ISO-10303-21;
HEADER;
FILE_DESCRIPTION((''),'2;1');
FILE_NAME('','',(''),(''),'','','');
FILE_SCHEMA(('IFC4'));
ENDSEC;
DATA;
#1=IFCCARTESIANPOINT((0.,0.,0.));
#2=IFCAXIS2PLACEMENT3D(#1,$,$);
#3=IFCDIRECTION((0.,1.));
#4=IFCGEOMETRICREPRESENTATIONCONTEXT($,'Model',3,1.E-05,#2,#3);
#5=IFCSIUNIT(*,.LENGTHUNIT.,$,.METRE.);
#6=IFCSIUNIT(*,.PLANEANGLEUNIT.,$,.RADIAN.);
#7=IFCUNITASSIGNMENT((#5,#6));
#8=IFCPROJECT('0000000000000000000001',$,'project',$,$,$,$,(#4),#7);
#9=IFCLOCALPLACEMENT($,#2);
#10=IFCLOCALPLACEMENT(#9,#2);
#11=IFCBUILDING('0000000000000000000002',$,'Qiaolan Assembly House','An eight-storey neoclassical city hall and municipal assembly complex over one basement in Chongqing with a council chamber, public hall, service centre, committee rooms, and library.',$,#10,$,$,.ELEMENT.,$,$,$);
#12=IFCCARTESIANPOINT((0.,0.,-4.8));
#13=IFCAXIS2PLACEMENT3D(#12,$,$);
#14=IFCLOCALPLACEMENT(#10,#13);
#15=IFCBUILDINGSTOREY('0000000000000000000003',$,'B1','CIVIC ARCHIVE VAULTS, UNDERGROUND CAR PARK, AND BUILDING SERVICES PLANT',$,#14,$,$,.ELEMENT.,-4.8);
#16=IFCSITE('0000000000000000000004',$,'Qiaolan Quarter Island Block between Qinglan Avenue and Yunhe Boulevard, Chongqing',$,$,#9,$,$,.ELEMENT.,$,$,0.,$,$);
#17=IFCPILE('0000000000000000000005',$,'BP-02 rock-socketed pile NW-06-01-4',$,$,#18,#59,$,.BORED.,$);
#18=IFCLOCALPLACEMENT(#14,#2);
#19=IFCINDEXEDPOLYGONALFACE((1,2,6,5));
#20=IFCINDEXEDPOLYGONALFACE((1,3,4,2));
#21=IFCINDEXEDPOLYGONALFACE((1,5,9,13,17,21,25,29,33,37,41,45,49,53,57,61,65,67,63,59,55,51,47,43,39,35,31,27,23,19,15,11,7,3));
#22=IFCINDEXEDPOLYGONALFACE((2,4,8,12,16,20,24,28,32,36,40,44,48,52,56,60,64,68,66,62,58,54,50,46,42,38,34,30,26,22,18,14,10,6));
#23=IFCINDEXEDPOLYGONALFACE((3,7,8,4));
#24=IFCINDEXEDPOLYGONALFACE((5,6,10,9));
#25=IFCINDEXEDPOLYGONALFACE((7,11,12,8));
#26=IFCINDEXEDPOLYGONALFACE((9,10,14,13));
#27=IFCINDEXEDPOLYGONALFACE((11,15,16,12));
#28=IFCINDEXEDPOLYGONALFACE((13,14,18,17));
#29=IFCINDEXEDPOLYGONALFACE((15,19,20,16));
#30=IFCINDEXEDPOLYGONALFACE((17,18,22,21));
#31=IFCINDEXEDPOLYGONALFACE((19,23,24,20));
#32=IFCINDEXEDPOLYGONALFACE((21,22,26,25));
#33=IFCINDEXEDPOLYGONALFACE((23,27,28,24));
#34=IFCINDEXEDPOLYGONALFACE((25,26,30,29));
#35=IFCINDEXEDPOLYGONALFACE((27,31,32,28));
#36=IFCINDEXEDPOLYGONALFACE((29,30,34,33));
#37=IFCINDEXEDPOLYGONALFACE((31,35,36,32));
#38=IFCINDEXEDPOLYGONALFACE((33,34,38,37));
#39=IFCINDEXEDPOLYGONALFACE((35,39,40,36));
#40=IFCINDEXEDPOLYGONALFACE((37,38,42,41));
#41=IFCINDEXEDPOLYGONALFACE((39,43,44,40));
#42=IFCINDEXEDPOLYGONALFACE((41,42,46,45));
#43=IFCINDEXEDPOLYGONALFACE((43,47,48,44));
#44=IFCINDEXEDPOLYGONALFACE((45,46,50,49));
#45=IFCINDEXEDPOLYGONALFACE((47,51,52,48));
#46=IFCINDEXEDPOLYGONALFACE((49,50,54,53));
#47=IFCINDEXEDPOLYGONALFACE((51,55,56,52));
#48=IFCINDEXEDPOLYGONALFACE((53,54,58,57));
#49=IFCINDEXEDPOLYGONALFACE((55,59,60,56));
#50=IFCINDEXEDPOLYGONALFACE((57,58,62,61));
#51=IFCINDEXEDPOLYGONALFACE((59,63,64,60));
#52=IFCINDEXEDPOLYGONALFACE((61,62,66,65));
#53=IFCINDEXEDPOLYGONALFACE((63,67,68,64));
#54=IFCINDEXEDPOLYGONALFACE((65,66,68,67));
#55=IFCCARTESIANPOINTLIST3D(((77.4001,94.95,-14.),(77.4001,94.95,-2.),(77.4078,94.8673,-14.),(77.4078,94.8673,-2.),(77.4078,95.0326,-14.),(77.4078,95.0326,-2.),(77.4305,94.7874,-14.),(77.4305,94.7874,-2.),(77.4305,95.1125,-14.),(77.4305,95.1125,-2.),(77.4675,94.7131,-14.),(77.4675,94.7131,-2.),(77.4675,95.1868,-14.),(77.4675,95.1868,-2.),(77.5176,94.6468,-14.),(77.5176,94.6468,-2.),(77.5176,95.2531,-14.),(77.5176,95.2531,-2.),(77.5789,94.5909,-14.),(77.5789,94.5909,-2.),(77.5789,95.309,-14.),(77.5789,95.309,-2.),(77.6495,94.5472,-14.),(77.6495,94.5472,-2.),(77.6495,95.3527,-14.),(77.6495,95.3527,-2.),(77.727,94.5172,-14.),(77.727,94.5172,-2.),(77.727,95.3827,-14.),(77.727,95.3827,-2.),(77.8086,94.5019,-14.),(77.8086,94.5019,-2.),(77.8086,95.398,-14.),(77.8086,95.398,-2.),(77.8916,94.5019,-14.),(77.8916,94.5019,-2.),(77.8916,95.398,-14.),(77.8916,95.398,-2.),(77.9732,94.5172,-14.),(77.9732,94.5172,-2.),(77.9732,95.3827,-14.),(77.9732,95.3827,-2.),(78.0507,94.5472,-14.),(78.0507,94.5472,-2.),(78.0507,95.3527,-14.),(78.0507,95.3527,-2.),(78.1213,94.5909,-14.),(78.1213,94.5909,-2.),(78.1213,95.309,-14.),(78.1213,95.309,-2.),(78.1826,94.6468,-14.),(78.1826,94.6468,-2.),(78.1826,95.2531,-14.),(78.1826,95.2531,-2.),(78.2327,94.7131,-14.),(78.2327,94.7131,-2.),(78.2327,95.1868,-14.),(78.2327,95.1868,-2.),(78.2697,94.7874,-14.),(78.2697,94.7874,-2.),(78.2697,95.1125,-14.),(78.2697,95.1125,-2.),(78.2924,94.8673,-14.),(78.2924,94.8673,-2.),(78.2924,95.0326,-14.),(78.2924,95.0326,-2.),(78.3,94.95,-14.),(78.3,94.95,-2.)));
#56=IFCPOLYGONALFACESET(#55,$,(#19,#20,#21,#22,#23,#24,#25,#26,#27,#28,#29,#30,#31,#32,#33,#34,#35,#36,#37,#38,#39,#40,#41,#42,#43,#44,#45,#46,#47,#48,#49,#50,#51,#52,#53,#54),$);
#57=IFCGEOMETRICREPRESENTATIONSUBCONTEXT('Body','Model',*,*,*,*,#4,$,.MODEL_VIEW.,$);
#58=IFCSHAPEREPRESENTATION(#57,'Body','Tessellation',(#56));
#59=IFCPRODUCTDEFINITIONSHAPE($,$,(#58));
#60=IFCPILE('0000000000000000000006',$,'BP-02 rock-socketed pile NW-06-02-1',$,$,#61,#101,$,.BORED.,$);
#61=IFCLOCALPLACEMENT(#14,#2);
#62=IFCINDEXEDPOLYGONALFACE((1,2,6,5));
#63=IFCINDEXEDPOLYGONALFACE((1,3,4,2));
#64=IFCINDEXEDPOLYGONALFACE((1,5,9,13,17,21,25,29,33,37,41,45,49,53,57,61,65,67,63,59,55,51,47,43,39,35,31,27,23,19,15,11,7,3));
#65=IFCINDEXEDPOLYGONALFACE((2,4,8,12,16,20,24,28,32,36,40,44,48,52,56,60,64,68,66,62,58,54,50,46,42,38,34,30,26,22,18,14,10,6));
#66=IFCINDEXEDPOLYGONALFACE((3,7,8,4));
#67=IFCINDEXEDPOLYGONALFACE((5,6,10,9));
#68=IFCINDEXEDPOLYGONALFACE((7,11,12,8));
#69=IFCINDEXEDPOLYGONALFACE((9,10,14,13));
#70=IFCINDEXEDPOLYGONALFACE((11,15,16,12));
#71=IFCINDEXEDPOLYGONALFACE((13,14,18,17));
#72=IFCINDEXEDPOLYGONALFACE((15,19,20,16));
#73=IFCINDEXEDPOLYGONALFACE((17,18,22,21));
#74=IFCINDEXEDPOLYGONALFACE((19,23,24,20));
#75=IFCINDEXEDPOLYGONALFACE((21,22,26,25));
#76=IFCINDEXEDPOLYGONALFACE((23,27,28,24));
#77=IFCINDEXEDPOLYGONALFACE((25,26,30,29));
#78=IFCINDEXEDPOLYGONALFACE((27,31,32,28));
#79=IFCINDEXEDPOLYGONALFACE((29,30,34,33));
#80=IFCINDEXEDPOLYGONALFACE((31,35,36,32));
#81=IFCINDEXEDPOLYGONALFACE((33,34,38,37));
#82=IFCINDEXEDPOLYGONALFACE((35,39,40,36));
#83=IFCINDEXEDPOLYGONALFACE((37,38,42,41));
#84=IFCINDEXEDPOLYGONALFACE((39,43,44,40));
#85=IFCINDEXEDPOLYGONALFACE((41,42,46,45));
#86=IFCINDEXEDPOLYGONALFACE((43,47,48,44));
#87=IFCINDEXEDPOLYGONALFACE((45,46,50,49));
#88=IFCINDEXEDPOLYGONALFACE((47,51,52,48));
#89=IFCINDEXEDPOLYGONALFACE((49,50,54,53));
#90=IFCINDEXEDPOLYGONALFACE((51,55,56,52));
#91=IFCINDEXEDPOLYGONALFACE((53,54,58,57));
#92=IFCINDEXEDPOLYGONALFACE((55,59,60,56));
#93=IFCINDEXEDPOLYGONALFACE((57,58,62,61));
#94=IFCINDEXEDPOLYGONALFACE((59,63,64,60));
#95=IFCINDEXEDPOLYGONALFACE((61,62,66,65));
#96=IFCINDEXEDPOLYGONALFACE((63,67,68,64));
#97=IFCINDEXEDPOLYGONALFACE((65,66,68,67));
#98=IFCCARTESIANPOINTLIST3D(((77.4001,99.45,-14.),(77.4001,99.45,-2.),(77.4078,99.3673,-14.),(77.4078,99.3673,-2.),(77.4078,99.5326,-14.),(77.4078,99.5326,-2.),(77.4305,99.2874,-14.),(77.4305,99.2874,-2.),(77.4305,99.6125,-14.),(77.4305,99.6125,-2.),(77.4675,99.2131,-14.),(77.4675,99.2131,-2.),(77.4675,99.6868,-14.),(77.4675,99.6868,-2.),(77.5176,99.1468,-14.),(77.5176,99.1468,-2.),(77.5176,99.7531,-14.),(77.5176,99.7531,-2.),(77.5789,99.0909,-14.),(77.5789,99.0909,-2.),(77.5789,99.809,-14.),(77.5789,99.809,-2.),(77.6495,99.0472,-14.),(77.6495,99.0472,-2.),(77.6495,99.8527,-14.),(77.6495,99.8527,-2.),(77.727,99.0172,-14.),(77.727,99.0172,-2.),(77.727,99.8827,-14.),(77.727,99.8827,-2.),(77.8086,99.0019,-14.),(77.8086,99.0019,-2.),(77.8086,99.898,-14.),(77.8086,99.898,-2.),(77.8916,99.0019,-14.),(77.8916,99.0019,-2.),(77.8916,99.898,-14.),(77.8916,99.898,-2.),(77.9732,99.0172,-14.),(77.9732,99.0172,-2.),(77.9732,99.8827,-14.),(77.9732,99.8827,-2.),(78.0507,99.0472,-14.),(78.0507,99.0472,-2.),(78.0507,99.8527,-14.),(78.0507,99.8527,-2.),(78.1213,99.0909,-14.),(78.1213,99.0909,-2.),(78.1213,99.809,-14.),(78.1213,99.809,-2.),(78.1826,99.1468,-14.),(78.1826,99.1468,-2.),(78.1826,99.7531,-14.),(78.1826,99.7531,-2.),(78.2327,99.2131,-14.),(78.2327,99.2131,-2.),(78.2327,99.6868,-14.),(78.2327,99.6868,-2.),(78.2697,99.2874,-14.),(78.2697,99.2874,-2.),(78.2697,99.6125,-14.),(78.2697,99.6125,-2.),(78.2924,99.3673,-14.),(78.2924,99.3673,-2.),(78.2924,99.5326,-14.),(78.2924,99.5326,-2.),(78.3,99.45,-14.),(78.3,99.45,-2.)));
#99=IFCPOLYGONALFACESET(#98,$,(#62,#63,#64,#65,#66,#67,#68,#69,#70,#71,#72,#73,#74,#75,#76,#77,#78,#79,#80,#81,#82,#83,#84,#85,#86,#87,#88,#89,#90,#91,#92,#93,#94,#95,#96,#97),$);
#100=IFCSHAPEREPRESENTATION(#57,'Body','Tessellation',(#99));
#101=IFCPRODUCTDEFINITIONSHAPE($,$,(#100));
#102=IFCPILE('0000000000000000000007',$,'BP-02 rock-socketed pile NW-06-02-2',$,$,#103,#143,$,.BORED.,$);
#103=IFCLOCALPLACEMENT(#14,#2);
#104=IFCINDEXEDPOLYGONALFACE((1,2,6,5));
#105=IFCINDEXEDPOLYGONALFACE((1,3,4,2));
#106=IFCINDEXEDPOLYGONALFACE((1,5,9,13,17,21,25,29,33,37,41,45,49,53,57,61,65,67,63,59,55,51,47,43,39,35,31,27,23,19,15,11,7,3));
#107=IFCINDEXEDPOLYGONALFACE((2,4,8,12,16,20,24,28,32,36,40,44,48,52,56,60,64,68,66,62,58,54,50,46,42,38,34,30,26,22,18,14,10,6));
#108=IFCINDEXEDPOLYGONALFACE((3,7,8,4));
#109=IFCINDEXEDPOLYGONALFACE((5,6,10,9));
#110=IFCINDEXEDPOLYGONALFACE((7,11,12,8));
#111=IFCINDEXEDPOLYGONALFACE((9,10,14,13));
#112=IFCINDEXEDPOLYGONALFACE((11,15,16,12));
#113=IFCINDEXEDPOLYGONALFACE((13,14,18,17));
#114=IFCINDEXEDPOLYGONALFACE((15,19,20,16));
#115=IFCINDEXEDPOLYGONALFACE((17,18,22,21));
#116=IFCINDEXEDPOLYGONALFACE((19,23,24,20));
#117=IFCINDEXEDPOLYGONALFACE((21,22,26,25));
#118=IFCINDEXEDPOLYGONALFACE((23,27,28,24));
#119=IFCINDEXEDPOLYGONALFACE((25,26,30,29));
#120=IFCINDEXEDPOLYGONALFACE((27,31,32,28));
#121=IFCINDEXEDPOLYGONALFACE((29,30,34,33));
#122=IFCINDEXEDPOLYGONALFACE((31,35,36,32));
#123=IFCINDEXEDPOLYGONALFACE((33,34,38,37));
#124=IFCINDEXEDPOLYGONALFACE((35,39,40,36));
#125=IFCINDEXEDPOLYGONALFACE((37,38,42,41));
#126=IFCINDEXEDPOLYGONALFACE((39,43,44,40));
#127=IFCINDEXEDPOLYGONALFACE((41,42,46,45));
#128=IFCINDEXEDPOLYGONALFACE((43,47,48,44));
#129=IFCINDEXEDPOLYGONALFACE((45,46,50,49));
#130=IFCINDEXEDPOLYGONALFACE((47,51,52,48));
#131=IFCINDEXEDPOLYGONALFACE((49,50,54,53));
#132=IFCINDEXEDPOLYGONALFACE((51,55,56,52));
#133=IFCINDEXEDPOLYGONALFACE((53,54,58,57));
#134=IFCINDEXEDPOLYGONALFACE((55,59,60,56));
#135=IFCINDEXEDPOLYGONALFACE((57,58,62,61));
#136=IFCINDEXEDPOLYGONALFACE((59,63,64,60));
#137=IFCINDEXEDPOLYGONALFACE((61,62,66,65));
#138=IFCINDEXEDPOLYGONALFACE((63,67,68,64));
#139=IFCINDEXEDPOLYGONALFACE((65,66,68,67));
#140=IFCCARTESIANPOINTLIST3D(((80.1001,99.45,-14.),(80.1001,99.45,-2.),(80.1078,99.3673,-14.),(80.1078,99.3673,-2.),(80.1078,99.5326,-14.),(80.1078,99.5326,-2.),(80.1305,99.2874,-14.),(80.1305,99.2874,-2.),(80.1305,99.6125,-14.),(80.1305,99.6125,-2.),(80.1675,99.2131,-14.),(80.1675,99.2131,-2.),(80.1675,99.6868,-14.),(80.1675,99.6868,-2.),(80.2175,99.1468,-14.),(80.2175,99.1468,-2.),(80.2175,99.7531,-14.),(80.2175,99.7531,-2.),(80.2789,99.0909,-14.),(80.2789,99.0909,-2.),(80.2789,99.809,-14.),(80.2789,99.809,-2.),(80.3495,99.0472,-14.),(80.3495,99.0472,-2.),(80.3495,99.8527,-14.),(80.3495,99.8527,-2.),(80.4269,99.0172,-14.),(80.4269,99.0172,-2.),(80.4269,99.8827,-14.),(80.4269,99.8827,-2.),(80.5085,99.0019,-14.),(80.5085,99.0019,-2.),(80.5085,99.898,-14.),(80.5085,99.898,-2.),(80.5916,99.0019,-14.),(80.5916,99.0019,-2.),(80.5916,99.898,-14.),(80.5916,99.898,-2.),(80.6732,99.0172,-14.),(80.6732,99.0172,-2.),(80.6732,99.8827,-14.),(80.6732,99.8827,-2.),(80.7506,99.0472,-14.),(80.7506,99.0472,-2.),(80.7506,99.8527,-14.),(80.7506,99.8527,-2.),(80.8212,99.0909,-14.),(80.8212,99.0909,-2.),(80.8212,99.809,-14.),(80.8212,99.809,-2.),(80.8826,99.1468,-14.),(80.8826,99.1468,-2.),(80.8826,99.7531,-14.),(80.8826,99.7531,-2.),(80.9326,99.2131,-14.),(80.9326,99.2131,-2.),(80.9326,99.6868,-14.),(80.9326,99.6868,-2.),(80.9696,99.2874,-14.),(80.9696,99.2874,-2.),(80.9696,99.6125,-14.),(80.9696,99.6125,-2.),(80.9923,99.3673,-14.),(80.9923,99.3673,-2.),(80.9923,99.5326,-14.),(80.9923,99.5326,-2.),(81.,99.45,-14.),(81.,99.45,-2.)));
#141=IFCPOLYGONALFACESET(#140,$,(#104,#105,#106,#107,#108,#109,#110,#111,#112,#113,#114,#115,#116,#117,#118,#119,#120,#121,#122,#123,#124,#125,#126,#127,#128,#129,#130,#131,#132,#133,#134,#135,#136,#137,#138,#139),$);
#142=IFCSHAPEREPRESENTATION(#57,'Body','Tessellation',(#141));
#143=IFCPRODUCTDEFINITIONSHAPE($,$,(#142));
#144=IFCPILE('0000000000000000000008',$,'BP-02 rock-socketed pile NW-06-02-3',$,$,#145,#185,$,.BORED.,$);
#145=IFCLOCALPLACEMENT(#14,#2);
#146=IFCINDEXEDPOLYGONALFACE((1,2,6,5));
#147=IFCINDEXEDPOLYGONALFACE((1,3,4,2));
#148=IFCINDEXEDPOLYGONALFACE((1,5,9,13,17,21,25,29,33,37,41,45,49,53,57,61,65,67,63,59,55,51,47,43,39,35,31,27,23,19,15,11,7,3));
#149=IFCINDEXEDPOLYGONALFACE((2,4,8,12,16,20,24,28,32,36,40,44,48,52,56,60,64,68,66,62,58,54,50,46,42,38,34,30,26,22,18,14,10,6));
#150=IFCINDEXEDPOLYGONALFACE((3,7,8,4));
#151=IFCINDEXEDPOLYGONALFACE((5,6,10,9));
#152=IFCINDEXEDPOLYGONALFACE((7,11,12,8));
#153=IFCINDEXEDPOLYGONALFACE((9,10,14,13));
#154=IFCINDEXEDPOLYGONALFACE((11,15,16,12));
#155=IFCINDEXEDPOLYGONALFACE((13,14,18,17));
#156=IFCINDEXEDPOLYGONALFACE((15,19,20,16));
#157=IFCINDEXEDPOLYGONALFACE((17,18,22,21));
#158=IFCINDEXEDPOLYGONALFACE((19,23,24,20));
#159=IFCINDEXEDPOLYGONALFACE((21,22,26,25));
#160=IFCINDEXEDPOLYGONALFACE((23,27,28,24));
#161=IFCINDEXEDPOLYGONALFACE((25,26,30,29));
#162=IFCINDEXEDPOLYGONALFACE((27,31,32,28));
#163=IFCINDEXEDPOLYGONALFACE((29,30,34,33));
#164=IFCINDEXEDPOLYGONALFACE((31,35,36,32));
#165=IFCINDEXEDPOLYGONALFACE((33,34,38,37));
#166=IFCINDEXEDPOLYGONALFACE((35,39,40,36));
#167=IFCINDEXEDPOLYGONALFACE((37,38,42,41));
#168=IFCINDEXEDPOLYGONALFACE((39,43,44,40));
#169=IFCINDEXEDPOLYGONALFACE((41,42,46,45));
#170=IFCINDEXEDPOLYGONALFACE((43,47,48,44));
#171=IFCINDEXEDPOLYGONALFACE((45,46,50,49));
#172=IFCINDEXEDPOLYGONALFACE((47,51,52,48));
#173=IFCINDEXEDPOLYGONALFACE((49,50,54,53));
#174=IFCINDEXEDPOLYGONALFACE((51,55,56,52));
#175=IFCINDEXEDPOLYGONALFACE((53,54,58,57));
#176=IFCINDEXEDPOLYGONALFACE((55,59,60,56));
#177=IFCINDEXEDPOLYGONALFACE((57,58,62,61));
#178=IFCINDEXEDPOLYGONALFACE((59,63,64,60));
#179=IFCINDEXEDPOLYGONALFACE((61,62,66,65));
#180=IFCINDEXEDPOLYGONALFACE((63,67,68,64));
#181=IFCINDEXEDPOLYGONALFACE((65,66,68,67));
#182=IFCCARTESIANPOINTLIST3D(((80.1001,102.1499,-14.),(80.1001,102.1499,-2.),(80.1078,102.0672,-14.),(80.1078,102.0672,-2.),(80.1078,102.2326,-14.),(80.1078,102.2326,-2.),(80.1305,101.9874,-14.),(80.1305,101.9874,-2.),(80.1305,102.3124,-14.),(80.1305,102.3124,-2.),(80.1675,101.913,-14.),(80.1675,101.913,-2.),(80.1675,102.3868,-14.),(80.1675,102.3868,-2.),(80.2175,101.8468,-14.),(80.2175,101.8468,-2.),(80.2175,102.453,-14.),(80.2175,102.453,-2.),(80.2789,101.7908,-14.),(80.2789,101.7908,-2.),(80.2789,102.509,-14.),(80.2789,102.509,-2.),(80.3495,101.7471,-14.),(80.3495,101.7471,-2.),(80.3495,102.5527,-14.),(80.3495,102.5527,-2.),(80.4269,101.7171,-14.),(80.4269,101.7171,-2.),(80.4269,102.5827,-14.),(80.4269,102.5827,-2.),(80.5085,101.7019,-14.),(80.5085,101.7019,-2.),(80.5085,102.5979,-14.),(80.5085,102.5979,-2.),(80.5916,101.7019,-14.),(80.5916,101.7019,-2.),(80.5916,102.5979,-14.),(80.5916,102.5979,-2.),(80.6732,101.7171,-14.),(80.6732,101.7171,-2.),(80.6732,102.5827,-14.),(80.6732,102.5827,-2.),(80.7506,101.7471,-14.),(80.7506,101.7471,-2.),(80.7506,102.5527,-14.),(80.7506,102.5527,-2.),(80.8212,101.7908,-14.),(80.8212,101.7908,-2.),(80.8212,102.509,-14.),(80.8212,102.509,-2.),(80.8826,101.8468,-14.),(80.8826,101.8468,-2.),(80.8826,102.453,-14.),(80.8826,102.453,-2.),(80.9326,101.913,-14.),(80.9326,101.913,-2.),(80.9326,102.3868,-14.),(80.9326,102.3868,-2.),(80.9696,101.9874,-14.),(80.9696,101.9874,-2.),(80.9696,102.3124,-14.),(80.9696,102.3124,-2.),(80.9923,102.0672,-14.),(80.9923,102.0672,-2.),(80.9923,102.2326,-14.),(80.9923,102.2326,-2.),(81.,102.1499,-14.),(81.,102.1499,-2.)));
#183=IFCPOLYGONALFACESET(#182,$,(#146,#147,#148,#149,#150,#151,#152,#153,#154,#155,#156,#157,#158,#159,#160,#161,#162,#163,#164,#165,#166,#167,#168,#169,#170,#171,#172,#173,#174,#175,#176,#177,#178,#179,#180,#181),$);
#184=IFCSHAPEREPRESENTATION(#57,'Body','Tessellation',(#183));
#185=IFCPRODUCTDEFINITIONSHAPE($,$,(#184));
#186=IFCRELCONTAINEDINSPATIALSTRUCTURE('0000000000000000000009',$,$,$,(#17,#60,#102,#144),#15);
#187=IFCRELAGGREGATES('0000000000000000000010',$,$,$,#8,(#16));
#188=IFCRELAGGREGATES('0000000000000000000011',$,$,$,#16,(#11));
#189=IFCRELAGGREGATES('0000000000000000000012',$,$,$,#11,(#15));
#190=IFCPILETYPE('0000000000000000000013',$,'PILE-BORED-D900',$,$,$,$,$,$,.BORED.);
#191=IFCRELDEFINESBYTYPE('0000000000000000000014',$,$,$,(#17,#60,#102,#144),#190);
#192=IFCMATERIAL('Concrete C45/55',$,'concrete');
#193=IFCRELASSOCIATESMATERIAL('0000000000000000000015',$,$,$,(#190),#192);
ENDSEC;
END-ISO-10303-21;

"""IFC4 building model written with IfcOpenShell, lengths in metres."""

from ifc_helpers import new_model, si_unit, direction, frame, origin, origin_2d, place, context, subcontext, project, spatial, circle, extrude, material, material_profile, profile_set, type_object, element, save


model = new_model("IFC4")

# Units and contexts
model_context = context("Model", 3, precision=1e-05, world=origin(), true_north=direction((0.0, 1.0)))
body_context = subcontext(model_context, "Body", "Model", "MODEL_VIEW")
ifc_project = project(units=[si_unit("LENGTHUNIT", "METRE"), si_unit("PLANEANGLEUNIT", "RADIAN")], contexts=[model_context])

# Site, building, storey
site_placement = place(None, origin())
site = spatial("IfcSite", under=ifc_project, at=site_placement, Name="Qiaolan Quarter Island Block between Qinglan Avenue and Yunhe Boulevard, Chongqing", CompositionType="ELEMENT", RefElevation=0.0)
building_placement = place(site_placement, origin())
building = spatial("IfcBuilding", under=site, at=building_placement, Name="Qiaolan Assembly House", Description="An eight-storey neoclassical city hall and municipal assembly complex over one basement in Chongqing with a council chamber, public hall, service centre, committee rooms, and library.", CompositionType="ELEMENT")
storey_placement = place(building_placement, frame((0.0, 0.0, -4.8)))
storey = spatial("IfcBuildingStorey", under=building, at=storey_placement, Name="B1", Description="CIVIC ARCHIVE VAULTS, UNDERGROUND CAR PARK, AND BUILDING SERVICES PLANT", CompositionType="ELEMENT", Elevation=-4.8)

# Piles
ifc_material_1 = material(Name="Concrete C45/55", Category="concrete")
ifc_material_profile_1 = material_profile(ifc_material_1, circle(Radius=0.45, at=origin_2d()), Name="PILE D900")
ifc_profile_set_1 = profile_set([ifc_material_profile_1], Name="Concrete C45/55")
pile_type_1 = type_object("IfcPileType", Name="PILE-BORED-D900", PredefinedType="BORED", material=ifc_profile_set_1)
for number, where, z_axis, x_axis, name in (
    (1, (77.8501, 94.95, -2.0), (0.0, 0.0, -1.0), (1.0, 0.0, 0.0), "BP-02 rock-socketed pile NW-06-01-4"),
    (2, (77.8501, 99.45, -2.0), (0.0, 0.0, -1.0), (1.0, 0.0, 0.0), "BP-02 rock-socketed pile NW-06-02-1"),
    (3, (80.55, 99.45, -2.0), (0.0, 0.0, -1.0), (1.0, 0.0, 0.0), "BP-02 rock-socketed pile NW-06-02-2"),
    (4, (80.55, 102.1499, -2.0), (0.0, 0.0, -1.0), (1.0, 0.0, 0.0), "BP-02 rock-socketed pile NW-06-02-3"),
):
    element("IfcPile", number, at=place(storey_placement, frame(where, z_axis=z_axis, x_axis=x_axis)), inside=storey, type_object=pile_type_1, Name=name, PredefinedType="BORED", context=body_context, shape_type="SweptSolid", body=[
        extrude(circle(Radius=0.45, at=origin_2d()), origin(), (0.0, 0.0, 1.0), 12.0),
    ])

save(model, "model.ifc")
